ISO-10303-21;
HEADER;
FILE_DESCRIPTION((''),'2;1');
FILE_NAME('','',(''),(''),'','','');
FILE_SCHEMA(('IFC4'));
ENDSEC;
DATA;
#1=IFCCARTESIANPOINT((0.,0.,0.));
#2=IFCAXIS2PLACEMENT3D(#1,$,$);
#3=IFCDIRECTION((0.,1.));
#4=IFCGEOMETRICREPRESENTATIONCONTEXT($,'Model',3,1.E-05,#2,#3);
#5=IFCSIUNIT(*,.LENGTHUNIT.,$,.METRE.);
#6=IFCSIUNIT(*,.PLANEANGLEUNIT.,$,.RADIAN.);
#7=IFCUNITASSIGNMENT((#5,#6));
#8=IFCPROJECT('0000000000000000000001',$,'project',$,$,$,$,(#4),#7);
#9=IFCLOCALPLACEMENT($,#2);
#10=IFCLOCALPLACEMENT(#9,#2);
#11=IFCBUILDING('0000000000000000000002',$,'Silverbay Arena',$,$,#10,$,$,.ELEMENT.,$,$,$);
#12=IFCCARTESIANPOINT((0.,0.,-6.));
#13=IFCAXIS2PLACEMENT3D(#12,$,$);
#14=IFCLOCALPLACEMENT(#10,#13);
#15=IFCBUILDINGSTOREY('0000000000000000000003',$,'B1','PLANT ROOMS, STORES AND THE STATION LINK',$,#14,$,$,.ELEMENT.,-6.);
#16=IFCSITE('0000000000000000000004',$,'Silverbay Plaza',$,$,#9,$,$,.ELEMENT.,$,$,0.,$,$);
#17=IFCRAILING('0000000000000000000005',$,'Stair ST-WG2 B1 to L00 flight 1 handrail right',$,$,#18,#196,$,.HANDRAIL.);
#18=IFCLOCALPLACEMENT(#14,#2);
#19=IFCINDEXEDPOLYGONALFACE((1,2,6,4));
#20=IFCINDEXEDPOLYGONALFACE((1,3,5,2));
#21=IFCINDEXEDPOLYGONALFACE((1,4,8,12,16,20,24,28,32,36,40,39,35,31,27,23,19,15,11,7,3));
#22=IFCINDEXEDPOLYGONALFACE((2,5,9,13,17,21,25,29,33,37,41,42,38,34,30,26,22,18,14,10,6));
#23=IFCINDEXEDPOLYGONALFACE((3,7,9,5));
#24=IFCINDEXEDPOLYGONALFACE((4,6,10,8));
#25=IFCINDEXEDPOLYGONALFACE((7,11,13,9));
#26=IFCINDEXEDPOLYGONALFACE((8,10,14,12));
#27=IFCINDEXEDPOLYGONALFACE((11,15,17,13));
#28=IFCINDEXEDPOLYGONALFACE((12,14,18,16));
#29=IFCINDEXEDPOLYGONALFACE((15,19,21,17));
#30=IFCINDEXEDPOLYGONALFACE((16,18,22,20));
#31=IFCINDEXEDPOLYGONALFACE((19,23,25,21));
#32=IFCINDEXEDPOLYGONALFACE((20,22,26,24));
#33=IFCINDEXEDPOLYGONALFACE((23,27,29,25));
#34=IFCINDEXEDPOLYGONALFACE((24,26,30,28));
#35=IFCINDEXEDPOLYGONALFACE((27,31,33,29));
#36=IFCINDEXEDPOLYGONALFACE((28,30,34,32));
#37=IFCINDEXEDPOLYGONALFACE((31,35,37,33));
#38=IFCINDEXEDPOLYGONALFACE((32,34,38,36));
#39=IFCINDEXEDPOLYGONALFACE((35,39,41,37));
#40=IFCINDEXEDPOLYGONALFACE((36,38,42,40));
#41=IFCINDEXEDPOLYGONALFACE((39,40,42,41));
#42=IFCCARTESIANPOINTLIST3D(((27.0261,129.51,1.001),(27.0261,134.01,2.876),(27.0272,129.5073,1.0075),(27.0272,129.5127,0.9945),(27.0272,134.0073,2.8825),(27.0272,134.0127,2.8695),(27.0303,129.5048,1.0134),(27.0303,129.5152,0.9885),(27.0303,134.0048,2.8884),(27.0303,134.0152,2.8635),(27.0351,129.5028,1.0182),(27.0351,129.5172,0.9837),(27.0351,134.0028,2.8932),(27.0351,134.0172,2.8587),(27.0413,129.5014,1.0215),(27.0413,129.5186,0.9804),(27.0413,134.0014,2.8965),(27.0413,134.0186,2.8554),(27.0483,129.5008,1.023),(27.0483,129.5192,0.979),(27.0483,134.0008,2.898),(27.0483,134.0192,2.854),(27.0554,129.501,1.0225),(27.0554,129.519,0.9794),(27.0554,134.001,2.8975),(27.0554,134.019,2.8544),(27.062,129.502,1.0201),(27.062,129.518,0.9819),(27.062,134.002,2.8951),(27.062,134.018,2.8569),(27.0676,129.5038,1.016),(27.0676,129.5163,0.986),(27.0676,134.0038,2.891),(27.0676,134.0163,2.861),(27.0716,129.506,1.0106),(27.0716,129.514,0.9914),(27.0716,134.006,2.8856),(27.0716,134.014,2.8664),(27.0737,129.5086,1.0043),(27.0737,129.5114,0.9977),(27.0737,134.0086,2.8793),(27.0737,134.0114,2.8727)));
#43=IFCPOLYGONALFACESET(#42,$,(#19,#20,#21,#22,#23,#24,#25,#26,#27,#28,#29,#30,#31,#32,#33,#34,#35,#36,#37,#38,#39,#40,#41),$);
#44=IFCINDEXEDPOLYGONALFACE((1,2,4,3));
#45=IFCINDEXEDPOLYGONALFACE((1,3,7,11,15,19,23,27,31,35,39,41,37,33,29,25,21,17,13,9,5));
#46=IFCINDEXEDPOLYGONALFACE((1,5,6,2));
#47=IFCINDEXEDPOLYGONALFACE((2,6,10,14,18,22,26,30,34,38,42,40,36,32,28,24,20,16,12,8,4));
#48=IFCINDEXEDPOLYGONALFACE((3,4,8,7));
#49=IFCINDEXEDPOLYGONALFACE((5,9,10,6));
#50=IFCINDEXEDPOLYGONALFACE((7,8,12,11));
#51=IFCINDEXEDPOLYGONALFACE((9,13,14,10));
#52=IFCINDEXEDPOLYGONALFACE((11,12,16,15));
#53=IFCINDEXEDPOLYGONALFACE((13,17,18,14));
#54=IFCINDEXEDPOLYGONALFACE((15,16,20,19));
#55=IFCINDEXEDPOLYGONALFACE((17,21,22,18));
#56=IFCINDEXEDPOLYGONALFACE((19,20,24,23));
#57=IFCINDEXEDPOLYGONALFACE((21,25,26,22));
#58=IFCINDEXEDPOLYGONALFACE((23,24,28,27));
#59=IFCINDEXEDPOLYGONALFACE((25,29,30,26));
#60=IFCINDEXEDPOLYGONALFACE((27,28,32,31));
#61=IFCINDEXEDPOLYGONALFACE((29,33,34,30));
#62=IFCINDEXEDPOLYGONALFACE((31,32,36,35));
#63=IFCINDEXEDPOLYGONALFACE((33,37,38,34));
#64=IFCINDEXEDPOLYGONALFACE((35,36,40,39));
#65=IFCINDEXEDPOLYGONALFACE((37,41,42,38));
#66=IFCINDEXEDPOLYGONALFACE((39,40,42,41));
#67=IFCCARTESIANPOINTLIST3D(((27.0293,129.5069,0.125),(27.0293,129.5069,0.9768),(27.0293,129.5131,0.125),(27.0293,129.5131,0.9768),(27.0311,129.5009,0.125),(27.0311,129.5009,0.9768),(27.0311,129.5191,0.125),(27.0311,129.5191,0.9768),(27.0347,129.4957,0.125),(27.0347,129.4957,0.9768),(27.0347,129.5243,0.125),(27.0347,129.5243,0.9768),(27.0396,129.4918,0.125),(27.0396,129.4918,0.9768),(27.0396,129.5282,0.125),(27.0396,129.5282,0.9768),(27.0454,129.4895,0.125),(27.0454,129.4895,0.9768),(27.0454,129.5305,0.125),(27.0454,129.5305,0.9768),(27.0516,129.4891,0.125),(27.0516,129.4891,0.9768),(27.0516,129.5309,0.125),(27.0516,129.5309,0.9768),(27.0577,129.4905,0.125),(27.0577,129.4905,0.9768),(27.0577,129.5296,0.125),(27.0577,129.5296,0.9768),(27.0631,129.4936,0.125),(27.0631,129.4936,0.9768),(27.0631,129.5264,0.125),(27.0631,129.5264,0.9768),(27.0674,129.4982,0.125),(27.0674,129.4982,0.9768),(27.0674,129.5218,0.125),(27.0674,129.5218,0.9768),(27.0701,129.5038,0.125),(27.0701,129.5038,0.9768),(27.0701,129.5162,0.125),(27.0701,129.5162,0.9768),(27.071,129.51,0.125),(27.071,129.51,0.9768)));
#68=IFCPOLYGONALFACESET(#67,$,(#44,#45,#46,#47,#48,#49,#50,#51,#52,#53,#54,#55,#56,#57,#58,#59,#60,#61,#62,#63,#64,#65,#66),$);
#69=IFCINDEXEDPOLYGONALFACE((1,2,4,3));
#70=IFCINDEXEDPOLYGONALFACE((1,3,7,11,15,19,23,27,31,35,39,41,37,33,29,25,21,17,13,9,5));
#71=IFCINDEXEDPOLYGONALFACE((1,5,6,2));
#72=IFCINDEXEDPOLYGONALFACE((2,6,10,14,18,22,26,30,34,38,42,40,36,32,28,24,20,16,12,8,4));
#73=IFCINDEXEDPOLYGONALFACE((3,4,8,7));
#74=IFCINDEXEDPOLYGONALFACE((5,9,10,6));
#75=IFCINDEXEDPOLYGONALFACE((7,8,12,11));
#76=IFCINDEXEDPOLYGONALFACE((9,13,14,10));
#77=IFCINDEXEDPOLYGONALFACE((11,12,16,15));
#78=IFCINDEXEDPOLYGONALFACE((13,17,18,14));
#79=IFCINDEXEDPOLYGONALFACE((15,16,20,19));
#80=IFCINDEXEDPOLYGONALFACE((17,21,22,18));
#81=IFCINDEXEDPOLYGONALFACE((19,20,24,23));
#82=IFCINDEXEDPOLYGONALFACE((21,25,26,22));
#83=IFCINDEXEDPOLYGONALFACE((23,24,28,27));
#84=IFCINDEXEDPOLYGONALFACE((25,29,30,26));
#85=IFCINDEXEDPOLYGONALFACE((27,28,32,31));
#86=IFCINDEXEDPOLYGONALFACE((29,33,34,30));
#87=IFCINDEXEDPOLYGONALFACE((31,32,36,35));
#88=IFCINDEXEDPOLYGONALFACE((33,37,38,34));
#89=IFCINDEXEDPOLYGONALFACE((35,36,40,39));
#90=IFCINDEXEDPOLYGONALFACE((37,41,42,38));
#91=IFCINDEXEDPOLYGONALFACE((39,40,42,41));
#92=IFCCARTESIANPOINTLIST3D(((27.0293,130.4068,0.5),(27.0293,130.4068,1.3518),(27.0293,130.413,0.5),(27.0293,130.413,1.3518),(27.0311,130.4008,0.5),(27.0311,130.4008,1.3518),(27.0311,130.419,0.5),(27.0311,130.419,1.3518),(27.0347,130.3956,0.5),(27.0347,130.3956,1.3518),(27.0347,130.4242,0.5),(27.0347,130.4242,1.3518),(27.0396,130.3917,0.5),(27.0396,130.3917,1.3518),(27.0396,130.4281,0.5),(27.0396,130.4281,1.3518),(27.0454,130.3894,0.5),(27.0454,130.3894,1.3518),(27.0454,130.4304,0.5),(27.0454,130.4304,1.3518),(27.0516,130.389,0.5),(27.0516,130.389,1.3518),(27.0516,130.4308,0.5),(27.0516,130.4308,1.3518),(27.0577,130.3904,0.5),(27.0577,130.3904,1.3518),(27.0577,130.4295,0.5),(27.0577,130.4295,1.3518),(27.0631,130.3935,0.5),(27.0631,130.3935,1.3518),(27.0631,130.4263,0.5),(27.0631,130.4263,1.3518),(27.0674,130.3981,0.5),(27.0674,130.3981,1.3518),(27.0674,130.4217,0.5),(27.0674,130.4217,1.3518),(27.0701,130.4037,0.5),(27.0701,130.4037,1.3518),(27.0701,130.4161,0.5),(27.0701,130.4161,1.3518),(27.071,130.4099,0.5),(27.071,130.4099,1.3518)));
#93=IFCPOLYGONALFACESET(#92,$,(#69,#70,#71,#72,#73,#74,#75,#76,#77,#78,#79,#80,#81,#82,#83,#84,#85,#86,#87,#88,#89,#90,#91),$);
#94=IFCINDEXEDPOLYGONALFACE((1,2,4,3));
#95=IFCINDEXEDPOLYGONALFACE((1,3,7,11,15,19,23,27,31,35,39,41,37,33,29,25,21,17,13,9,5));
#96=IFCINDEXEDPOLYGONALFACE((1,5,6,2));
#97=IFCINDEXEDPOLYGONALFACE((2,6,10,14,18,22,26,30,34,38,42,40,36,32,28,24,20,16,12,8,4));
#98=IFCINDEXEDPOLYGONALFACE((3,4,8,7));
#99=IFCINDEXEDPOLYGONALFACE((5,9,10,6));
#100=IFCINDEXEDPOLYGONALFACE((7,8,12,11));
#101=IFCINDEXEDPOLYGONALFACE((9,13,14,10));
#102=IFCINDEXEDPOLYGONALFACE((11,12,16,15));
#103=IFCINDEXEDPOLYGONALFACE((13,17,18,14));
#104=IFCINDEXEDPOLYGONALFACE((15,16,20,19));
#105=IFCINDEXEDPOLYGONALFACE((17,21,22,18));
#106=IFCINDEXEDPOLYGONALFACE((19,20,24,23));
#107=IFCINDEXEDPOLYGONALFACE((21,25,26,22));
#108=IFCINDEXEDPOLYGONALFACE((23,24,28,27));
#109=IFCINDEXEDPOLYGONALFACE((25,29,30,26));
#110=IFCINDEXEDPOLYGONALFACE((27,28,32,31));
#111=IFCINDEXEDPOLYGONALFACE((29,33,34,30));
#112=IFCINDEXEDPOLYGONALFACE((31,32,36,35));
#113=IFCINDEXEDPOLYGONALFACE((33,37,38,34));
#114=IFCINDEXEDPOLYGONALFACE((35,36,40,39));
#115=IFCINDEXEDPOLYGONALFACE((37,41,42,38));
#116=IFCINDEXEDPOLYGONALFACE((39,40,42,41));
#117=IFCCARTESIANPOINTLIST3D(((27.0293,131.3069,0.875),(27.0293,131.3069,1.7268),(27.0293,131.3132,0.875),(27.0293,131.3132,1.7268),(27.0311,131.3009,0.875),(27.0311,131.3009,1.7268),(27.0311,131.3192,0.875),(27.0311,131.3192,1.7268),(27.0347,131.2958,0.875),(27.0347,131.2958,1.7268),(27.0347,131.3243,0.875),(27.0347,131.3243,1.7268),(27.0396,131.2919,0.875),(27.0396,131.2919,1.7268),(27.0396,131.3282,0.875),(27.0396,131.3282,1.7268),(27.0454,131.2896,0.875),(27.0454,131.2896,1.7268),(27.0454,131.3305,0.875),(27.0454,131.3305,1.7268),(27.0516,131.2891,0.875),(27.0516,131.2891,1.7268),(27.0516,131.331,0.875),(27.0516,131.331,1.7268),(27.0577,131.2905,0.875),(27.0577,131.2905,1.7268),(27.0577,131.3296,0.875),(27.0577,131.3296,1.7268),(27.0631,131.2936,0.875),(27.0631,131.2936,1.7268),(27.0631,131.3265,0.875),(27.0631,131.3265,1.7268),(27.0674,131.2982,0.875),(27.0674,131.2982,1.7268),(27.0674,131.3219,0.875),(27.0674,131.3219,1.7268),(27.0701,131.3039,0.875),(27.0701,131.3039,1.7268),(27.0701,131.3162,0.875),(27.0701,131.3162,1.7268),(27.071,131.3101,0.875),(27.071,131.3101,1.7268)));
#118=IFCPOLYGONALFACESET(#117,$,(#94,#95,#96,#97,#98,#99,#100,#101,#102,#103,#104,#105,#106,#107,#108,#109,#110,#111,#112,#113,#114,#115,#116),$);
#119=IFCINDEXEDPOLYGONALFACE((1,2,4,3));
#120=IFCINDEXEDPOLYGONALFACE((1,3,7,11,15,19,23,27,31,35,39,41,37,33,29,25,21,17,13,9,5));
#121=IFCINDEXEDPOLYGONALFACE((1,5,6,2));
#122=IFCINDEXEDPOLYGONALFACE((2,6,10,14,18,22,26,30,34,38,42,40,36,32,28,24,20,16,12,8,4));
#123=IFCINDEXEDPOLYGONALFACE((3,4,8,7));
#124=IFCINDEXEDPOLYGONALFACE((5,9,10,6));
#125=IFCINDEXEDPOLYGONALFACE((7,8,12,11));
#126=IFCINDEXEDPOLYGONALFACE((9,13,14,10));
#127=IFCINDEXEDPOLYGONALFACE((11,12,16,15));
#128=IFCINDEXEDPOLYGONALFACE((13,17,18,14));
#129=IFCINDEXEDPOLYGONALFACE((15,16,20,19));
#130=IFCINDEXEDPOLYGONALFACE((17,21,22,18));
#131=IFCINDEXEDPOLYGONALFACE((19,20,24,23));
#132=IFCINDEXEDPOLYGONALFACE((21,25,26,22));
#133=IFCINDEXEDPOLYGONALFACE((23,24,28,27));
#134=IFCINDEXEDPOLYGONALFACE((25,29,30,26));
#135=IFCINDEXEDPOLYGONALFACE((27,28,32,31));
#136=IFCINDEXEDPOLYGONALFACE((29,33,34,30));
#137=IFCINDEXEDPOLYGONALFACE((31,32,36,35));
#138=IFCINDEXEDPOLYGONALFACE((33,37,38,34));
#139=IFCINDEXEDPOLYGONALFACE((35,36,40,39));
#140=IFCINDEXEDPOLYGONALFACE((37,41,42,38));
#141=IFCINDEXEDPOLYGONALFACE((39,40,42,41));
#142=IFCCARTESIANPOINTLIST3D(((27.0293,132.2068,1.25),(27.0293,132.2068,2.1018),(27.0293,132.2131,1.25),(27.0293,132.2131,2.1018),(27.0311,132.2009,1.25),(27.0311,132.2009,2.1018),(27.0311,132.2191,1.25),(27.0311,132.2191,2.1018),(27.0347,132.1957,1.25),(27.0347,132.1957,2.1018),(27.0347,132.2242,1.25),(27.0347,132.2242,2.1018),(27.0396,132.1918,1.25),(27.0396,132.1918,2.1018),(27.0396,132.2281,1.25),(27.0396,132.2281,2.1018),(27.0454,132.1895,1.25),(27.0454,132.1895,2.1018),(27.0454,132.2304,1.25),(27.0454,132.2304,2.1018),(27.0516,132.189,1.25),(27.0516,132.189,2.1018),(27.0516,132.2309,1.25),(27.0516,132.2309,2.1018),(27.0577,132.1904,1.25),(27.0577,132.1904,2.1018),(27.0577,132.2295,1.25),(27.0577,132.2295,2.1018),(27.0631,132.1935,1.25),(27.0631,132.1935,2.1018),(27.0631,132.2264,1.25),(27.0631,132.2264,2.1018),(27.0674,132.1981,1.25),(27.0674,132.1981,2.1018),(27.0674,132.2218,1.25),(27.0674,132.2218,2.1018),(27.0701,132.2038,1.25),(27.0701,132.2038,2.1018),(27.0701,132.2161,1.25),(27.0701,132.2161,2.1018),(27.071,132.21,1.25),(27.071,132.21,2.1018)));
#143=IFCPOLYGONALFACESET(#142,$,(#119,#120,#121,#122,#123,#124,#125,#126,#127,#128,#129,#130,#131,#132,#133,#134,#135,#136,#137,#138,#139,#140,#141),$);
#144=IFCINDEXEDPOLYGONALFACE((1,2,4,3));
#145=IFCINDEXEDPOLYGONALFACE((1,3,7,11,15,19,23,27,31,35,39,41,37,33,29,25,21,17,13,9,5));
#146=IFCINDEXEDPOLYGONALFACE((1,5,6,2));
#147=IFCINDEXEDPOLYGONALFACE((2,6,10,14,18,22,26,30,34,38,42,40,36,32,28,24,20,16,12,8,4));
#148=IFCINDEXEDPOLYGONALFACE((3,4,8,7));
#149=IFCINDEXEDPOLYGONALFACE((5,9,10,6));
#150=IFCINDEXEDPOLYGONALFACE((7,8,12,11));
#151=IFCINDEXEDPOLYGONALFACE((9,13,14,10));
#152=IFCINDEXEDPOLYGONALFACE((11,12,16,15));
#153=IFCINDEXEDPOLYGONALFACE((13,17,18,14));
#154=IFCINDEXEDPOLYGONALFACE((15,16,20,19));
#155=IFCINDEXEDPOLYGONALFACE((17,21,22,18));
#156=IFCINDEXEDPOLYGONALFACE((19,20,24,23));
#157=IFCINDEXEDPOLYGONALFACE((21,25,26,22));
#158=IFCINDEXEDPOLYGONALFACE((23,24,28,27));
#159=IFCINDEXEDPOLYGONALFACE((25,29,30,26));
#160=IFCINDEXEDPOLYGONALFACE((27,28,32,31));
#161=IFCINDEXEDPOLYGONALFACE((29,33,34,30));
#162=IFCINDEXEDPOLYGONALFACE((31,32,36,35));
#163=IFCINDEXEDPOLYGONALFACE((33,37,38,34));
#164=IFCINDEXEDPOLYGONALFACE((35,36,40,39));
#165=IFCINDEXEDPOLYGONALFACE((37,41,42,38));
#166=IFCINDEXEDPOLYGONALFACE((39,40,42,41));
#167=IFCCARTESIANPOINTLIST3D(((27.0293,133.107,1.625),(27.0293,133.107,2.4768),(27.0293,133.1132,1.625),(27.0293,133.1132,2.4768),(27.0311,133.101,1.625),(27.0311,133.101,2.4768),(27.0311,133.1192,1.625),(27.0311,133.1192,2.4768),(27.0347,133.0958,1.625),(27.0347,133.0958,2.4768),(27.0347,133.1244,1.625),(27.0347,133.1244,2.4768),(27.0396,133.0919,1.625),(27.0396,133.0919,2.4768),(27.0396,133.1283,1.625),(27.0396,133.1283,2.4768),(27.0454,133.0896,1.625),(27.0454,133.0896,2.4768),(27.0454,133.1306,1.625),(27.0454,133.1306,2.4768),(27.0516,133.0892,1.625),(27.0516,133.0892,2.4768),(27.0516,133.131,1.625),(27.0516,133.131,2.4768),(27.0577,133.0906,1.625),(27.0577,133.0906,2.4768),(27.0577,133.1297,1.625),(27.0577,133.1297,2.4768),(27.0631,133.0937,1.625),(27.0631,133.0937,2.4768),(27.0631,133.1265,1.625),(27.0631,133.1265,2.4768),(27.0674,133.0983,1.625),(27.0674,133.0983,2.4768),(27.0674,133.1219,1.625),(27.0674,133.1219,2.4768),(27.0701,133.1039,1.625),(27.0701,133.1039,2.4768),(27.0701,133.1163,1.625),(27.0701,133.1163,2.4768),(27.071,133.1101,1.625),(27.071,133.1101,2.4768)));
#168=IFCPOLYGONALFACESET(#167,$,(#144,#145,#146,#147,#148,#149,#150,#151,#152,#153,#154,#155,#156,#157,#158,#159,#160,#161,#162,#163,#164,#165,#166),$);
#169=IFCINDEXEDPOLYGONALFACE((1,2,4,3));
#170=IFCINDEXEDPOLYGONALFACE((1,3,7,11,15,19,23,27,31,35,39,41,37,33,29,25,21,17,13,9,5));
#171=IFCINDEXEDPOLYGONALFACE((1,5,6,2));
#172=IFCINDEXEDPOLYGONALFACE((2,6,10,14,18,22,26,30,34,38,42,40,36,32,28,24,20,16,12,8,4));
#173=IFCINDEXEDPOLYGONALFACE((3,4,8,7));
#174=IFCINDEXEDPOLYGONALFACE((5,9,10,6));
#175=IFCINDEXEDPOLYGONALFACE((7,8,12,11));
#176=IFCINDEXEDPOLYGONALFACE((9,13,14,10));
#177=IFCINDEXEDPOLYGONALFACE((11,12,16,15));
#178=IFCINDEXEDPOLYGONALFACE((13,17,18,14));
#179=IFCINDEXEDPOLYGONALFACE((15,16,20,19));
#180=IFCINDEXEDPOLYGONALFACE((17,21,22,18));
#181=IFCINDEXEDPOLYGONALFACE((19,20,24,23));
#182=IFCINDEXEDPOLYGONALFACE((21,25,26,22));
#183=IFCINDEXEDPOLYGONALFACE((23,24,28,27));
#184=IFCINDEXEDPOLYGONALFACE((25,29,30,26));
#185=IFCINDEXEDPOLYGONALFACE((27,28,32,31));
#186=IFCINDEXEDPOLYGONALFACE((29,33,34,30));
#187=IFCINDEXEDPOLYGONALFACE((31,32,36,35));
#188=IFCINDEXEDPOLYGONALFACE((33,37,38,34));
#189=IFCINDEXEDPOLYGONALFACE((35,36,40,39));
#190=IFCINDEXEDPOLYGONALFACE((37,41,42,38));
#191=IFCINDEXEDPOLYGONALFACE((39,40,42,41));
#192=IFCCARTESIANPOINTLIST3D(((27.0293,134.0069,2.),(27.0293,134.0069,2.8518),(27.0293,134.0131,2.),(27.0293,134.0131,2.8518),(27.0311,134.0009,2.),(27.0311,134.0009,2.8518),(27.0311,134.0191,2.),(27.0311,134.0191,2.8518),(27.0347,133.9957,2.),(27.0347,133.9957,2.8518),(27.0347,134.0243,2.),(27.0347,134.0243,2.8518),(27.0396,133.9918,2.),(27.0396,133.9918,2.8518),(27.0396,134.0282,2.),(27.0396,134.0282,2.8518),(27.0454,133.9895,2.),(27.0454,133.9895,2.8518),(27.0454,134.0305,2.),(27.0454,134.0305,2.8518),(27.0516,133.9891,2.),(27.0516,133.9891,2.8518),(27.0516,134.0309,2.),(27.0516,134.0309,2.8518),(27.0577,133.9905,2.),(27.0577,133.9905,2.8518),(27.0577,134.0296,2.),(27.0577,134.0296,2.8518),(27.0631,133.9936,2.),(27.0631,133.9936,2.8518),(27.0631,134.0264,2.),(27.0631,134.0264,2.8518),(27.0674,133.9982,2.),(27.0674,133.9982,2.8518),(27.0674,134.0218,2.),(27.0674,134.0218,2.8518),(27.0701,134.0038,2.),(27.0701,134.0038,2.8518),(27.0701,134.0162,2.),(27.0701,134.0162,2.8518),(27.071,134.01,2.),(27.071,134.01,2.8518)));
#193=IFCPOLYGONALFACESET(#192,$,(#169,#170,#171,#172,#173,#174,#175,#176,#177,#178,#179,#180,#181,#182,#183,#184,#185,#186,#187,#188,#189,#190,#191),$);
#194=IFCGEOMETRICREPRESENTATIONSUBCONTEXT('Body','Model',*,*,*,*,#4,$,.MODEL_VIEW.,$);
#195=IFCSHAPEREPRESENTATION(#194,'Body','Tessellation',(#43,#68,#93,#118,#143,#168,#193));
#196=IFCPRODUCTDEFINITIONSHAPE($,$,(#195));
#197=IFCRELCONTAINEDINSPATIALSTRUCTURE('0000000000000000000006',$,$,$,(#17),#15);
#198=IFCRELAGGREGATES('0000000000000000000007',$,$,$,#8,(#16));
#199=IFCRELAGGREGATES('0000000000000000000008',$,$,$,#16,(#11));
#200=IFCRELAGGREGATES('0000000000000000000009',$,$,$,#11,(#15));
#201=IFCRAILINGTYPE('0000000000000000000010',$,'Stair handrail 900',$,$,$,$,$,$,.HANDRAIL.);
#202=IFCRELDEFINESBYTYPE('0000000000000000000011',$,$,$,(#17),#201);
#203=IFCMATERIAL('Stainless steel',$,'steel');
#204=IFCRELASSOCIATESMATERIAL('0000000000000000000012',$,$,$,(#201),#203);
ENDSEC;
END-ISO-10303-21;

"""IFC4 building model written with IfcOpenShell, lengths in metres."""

from ifc_helpers import new_model, si_unit, direction, frame, origin, origin_2d, place, context, subcontext, project, spatial, circle, extrude, material, type_object, element, save


model = new_model("IFC4")

# Units and contexts
model_context = context("Model", 3, precision=1e-05, world=origin(), true_north=direction((0.0, 1.0)))
body_context = subcontext(model_context, "Body", "Model", "MODEL_VIEW")
ifc_project = project(units=[si_unit("LENGTHUNIT", "METRE"), si_unit("PLANEANGLEUNIT", "RADIAN")], contexts=[model_context])

# Site, building, storey
site_placement = place(None, origin())
site = spatial("IfcSite", under=ifc_project, at=site_placement, Name="Silverbay Plaza", CompositionType="ELEMENT", RefElevation=0.0)
building_placement = place(site_placement, origin())
building = spatial("IfcBuilding", under=site, at=building_placement, Name="Silverbay Arena", CompositionType="ELEMENT")
storey_placement = place(building_placement, frame((0.0, 0.0, -6.0)))
storey = spatial("IfcBuildingStorey", under=building, at=storey_placement, Name="B1", Description="PLANT ROOMS, STORES AND THE STATION LINK", CompositionType="ELEMENT", Elevation=-6.0)

# Railing
ifc_material_1 = material(Name="Stainless steel", Category="steel")
railing_type_1 = type_object("IfcRailingType", Name="Stair handrail 900", PredefinedType="HANDRAIL", material=ifc_material_1)
for number, where, name in (
    (1, (27.05, 129.51, 0.125), "Stair ST-WG2 B1 to L00 flight 1 handrail right"),
):
    element("IfcRailing", number, at=place(storey_placement, frame(where)), inside=storey, type_object=railing_type_1, Name=name, PredefinedType="HANDRAIL", context=body_context, shape_type="SweptSolid", body=[
        extrude(circle(Radius=0.0239, at=origin_2d()), frame((0.0, 0.0, 0.876), z_axis=(0.0, 0.923077, 0.384615), x_axis=(-1.0, 0.0, 0.0)), (0.0, 0.0, 1.0), 4.875),
        extrude(circle(Radius=0.021, at=origin_2d()), origin(), (0.0, 0.0, 1.0), 0.8518),
        extrude(circle(Radius=0.021, at=origin_2d()), frame((0.0, 0.8999, 0.375)), (0.0, 0.0, 1.0), 0.8518),
        extrude(circle(Radius=0.021, at=origin_2d()), frame((0.0, 1.8, 0.75)), (0.0, 0.0, 1.0), 0.8518),
        extrude(circle(Radius=0.021, at=origin_2d()), frame((0.0, 2.7, 1.125)), (0.0, 0.0, 1.0), 0.8518),
        extrude(circle(Radius=0.021, at=origin_2d()), frame((0.0, 3.6001, 1.5)), (0.0, 0.0, 1.0), 0.8518),
        extrude(circle(Radius=0.021, at=origin_2d()), frame((0.0, 4.5, 1.875)), (0.0, 0.0, 1.0), 0.8518),
    ])

save(model, "model.ifc")
